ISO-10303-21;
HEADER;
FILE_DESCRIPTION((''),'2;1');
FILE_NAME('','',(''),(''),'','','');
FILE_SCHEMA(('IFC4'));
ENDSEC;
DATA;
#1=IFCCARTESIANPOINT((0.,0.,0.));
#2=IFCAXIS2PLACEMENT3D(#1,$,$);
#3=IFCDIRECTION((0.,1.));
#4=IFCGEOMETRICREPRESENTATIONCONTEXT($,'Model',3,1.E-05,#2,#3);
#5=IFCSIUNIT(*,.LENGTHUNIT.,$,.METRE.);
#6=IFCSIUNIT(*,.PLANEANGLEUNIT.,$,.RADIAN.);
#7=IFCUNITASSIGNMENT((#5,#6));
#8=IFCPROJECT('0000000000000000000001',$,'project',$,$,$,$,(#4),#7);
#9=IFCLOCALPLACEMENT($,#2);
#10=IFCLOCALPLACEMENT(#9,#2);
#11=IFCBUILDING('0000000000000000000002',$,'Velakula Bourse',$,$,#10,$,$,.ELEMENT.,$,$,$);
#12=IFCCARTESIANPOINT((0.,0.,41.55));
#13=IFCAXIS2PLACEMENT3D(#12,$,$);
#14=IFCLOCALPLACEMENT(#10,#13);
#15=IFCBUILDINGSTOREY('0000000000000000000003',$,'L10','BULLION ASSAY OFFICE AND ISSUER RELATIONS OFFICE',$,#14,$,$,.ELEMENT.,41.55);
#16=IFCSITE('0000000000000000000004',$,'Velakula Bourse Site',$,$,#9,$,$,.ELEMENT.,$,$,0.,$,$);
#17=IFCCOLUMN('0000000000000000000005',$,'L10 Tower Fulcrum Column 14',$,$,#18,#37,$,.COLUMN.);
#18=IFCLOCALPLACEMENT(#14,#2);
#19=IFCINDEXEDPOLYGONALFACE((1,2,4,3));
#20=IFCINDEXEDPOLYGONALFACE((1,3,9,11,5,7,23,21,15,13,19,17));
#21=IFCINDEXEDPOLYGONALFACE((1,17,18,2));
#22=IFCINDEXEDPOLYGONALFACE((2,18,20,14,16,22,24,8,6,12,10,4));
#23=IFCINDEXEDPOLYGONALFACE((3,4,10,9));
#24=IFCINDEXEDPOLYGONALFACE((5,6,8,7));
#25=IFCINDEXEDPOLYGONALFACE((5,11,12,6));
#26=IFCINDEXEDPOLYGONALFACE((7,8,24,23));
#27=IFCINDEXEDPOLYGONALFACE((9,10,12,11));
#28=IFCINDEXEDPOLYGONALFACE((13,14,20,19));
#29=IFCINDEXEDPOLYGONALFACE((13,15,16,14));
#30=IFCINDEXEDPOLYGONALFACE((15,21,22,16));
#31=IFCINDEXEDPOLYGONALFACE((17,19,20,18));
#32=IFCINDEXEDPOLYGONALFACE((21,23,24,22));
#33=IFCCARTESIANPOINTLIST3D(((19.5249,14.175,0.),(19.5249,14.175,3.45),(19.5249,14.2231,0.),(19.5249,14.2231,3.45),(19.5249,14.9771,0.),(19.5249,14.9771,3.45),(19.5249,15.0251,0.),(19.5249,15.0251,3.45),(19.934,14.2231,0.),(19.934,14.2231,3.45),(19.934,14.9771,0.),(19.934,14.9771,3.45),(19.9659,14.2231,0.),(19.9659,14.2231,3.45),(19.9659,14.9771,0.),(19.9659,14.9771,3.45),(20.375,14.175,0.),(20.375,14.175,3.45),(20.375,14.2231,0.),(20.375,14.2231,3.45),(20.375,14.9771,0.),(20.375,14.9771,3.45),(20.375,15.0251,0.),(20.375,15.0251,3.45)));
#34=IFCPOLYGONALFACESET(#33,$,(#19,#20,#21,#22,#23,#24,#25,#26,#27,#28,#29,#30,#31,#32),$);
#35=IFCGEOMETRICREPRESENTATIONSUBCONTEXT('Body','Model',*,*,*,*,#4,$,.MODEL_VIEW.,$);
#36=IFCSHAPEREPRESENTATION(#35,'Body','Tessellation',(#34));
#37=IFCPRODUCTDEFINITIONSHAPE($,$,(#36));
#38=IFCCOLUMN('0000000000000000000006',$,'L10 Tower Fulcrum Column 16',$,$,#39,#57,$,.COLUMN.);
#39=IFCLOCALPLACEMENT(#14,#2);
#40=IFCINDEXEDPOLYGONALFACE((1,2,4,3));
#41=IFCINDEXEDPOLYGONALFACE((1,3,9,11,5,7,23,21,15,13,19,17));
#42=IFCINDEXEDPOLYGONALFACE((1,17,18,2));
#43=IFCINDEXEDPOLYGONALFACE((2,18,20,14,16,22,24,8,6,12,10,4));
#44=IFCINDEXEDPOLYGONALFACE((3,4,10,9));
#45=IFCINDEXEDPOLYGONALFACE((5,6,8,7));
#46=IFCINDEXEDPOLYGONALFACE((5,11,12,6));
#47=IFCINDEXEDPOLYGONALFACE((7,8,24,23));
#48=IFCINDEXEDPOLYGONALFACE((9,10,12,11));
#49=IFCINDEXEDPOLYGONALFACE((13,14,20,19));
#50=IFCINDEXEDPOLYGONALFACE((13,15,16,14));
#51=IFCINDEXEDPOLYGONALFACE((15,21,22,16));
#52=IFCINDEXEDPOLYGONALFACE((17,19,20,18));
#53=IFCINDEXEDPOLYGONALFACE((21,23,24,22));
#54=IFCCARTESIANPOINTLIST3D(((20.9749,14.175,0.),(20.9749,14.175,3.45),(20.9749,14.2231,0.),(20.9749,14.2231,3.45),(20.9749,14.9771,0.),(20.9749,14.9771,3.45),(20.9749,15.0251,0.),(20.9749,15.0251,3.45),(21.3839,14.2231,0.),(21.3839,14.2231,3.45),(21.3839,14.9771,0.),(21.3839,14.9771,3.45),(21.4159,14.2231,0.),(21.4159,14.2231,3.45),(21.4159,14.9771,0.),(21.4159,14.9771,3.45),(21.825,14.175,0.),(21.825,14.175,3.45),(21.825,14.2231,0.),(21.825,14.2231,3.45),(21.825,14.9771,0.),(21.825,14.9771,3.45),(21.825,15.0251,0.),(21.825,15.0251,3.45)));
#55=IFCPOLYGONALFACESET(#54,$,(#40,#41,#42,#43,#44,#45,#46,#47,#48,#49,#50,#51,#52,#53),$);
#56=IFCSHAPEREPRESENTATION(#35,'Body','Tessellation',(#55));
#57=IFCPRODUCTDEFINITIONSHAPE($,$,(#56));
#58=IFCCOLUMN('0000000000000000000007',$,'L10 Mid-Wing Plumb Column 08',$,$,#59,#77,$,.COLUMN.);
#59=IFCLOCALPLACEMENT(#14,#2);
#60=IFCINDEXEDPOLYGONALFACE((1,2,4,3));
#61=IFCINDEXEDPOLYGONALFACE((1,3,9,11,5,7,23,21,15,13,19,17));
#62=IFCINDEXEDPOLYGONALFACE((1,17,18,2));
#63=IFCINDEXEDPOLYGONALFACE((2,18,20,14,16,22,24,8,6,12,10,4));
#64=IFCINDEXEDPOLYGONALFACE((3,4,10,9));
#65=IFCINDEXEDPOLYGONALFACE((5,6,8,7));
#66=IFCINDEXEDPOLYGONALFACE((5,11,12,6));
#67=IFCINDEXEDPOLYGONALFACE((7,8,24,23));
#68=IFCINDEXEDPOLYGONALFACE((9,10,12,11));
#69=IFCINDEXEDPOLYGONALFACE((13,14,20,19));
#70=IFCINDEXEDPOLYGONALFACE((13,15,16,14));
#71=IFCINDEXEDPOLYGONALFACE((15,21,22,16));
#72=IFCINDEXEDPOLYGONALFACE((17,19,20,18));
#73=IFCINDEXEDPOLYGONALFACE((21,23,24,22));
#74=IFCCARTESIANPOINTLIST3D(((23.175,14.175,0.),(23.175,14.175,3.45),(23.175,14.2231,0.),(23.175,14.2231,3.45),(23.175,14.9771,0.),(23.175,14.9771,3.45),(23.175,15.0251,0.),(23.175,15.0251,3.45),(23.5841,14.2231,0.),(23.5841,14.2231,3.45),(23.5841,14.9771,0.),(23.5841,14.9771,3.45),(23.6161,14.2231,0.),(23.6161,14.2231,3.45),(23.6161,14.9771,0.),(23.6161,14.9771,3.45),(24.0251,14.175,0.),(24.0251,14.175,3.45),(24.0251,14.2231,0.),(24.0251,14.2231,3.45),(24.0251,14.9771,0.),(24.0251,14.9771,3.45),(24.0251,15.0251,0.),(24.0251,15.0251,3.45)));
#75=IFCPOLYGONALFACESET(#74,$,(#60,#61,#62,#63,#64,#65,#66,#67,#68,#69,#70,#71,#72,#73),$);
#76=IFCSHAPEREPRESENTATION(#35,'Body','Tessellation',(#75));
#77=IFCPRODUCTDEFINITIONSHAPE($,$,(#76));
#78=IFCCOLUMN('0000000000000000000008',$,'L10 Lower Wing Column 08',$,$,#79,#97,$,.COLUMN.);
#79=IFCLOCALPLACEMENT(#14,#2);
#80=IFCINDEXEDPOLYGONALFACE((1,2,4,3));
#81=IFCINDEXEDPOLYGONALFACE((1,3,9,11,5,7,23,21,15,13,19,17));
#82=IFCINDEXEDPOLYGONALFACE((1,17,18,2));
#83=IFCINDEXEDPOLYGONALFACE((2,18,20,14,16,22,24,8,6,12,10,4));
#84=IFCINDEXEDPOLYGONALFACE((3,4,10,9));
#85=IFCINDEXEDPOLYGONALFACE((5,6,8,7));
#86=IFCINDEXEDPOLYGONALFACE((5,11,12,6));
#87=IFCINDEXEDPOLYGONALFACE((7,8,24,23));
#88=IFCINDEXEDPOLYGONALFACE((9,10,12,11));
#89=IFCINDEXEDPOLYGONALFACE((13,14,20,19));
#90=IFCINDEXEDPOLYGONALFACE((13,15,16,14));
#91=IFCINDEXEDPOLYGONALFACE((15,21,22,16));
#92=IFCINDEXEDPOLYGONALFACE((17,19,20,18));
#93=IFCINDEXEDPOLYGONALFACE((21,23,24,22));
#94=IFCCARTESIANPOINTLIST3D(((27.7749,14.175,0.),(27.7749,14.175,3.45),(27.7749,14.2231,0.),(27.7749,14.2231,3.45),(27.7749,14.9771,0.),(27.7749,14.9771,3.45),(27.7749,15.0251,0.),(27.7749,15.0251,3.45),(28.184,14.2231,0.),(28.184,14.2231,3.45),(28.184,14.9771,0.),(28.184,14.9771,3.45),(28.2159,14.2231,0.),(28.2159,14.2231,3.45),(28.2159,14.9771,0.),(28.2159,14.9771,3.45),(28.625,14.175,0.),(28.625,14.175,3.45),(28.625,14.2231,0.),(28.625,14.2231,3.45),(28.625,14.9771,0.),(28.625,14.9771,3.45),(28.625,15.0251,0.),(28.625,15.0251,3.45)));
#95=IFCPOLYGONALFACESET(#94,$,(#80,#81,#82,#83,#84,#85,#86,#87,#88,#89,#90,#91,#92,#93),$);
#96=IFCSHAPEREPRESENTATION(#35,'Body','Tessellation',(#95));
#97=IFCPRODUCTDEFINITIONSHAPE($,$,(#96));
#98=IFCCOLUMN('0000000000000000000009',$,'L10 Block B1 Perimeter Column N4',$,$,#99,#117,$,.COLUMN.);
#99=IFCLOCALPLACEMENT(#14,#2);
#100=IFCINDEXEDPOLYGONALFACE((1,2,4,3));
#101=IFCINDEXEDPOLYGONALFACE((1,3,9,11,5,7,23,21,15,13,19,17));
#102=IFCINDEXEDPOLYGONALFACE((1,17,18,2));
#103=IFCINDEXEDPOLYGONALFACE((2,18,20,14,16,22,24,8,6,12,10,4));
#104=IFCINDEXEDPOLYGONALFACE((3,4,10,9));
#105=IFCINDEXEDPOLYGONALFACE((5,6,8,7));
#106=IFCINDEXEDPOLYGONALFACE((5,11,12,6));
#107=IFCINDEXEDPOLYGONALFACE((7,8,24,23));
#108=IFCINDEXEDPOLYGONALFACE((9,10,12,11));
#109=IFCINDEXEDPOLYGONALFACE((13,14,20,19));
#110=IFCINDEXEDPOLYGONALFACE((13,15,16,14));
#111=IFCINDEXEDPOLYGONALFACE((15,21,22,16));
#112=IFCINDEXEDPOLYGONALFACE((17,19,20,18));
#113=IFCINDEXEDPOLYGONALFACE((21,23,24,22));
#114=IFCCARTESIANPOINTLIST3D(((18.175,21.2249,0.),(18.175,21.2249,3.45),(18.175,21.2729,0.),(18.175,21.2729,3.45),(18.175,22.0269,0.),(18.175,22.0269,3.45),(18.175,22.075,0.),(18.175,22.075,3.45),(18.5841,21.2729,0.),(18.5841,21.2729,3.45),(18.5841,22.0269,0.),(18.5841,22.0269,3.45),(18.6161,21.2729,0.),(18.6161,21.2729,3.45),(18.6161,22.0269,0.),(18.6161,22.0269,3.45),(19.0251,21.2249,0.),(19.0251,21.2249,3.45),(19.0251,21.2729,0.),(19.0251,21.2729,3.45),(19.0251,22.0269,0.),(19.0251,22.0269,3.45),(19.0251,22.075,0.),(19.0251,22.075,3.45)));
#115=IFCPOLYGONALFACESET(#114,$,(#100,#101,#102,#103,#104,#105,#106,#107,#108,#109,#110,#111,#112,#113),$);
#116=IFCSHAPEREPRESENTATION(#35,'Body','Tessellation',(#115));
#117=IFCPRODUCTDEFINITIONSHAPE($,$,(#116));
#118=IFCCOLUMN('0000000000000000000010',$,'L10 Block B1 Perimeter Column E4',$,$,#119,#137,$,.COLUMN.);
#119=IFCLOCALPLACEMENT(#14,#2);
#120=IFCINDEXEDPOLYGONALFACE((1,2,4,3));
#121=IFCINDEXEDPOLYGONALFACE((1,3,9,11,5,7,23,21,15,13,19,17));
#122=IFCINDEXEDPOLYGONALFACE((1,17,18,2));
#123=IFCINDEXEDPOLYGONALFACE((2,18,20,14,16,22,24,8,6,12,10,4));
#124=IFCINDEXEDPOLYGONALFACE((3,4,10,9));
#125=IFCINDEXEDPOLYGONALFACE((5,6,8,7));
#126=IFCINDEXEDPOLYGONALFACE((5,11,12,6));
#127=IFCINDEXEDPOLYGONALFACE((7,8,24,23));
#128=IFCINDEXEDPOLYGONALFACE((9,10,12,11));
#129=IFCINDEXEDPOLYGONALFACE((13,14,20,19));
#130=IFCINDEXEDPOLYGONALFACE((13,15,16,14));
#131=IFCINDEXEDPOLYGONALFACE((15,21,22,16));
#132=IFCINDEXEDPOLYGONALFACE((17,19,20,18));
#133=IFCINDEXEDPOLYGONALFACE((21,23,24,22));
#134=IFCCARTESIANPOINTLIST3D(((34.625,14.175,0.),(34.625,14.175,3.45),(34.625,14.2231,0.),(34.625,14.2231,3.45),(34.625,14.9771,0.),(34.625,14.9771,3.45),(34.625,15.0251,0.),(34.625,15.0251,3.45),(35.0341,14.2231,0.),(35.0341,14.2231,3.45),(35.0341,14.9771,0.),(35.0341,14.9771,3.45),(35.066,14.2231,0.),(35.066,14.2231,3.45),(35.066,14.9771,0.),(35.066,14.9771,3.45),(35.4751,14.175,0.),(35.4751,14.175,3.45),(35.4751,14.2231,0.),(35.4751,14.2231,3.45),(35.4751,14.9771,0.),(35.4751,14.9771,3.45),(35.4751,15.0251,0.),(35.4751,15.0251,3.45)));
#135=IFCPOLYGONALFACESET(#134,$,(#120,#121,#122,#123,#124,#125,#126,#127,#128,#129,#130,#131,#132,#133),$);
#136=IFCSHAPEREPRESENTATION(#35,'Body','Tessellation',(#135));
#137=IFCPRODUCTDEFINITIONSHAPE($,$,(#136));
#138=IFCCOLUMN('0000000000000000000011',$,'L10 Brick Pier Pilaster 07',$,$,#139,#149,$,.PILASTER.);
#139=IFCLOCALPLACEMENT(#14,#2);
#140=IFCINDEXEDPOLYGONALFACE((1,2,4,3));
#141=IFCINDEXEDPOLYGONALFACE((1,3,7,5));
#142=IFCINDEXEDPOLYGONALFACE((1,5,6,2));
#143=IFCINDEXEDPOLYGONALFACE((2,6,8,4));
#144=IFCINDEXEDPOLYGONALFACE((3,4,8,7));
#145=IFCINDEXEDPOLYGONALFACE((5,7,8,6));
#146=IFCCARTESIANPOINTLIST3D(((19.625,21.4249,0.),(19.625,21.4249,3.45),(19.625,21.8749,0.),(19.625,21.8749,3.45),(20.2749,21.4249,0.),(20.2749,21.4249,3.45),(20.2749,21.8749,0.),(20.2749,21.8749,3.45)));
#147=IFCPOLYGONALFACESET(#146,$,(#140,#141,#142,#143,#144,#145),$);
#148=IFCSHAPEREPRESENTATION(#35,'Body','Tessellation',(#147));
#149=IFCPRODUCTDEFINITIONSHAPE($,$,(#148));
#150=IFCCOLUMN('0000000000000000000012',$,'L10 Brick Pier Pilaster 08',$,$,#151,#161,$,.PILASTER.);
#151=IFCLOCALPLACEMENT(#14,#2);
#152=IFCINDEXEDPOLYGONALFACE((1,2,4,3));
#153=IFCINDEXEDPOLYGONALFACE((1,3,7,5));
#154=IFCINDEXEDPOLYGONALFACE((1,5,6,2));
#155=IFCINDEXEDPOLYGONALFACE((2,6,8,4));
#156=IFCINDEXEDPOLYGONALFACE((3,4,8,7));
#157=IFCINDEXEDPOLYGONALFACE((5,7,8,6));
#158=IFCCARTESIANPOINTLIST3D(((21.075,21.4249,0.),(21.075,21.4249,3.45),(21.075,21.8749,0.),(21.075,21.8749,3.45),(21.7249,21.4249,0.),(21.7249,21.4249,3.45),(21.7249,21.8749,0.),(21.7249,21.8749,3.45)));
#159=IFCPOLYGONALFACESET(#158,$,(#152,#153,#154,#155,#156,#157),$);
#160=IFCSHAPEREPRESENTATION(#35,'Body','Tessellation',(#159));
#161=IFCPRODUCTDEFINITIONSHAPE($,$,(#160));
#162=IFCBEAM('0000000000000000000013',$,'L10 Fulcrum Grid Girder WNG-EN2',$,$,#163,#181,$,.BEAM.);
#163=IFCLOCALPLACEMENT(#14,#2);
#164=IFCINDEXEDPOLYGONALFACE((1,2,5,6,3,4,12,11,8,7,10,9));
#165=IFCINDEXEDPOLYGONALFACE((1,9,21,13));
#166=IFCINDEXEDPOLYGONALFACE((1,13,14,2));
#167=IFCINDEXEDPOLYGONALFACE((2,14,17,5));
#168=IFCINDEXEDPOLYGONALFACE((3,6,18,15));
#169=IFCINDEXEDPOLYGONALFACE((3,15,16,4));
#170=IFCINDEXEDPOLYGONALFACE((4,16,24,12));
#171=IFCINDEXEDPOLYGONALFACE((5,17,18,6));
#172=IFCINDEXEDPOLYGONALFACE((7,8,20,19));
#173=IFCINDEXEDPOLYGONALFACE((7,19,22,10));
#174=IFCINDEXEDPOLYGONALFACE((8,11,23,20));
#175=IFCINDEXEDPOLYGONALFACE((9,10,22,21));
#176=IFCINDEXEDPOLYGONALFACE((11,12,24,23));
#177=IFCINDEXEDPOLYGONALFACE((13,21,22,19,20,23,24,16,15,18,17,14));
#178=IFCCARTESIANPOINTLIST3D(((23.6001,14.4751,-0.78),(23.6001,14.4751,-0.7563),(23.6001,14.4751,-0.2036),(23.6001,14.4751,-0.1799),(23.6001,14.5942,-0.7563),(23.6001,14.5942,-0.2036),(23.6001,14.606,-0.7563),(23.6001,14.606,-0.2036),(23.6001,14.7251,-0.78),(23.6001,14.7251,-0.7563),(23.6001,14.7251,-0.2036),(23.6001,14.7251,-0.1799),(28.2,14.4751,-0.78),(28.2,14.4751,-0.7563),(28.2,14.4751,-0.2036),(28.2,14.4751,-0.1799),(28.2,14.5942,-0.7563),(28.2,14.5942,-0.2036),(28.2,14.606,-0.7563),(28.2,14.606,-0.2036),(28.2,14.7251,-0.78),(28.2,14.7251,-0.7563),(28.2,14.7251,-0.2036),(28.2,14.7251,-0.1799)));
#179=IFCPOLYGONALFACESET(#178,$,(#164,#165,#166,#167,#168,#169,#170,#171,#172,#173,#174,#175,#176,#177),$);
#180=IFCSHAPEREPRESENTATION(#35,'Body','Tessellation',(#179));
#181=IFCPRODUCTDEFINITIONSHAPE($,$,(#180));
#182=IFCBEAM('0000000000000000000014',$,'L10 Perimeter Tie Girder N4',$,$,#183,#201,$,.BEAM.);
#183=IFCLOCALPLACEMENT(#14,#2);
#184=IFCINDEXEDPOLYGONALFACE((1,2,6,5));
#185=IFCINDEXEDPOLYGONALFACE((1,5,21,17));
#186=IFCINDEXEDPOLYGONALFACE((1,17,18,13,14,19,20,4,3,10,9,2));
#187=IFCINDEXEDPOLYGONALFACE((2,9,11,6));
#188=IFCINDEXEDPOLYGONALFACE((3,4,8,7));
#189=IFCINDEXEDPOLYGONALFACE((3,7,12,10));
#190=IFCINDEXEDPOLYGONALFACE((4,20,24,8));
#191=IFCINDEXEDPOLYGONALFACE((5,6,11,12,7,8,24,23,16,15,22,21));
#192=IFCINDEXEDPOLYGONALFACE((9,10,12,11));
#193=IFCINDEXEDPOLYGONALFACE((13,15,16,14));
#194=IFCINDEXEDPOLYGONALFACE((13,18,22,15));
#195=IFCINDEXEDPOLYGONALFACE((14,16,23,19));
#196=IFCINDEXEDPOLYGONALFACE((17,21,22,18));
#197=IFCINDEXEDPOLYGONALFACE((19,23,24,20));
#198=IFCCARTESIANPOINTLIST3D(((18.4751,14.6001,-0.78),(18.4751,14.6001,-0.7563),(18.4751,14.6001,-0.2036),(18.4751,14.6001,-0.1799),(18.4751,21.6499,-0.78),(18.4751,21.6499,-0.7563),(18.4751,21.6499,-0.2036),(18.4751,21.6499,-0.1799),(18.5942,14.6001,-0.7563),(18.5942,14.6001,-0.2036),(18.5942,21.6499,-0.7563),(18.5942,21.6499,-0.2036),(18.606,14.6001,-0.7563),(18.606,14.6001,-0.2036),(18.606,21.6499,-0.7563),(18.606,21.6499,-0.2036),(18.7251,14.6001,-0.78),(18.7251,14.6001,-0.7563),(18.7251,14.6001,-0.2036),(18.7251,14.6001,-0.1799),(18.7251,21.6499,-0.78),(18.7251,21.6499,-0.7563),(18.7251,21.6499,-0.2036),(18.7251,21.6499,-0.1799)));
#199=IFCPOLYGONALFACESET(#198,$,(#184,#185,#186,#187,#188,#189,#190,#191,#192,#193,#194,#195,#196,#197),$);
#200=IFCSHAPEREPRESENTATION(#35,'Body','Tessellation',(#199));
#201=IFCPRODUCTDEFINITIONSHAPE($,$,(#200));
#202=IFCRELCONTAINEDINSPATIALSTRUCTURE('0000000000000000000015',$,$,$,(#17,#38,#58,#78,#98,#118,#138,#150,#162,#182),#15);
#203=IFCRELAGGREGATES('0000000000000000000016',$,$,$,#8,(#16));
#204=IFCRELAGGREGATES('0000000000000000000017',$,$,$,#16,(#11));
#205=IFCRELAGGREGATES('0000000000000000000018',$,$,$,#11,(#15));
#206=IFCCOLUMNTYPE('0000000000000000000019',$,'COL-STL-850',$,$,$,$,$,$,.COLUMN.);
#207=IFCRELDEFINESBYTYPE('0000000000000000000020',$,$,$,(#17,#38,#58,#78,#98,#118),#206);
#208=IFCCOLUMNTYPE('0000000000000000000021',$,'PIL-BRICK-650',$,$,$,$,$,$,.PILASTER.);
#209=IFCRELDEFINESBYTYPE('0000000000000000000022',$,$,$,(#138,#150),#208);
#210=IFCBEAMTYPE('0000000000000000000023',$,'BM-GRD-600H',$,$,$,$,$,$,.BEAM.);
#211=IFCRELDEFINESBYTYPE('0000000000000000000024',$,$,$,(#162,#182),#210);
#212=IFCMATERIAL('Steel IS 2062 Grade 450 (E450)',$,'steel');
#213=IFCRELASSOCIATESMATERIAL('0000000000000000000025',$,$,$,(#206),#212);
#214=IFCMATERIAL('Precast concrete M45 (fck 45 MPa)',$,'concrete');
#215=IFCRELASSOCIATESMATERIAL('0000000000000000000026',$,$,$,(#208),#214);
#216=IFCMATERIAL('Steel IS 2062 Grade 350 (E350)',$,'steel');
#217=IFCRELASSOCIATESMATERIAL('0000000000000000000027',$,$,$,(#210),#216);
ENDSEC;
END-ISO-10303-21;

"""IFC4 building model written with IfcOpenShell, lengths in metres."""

from ifc_helpers import new_model, si_unit, direction, frame, origin, origin_2d, place, context, subcontext, project, spatial, rectangle, i_section, extrude, material, material_profile, profile_set, type_object, element, save


model = new_model("IFC4")

# Units and contexts
model_context = context("Model", 3, precision=1e-05, world=origin(), true_north=direction((0.0, 1.0)))
body_context = subcontext(model_context, "Body", "Model", "MODEL_VIEW")
ifc_project = project(units=[si_unit("LENGTHUNIT", "METRE"), si_unit("PLANEANGLEUNIT", "RADIAN")], contexts=[model_context])

# Site, building, storey
site_placement = place(None, origin())
site = spatial("IfcSite", under=ifc_project, at=site_placement, Name="Velakula Bourse Site", CompositionType="ELEMENT", RefElevation=0.0)
building_placement = place(site_placement, origin())
building = spatial("IfcBuilding", under=site, at=building_placement, Name="Velakula Bourse", CompositionType="ELEMENT")
storey_placement = place(building_placement, frame((0.0, 0.0, 41.55)))
storey = spatial("IfcBuildingStorey", under=building, at=storey_placement, Name="L10", Description="BULLION ASSAY OFFICE AND ISSUER RELATIONS OFFICE", CompositionType="ELEMENT", Elevation=41.55)

# Columns
ifc_material_1 = material(Name="Steel IS 2062 Grade 450 (E450)", Category="steel")
ifc_material_profile_1 = material_profile(ifc_material_1, i_section(OverallWidth=0.8501, OverallDepth=0.8501, WebThickness=0.032, FlangeThickness=0.0481, at=origin_2d()), Name="Steel IS 2062 Grade 450 (E450)")
ifc_profile_set_1 = profile_set([ifc_material_profile_1], Name="Steel IS 2062 Grade 450 (E450)")
column_type_1 = type_object("IfcColumnType", Name="COL-STL-850", PredefinedType="COLUMN", material=ifc_profile_set_1)
for number, where, z_axis, x_axis, name in (
    (1, (19.95, 14.6001, 0.0), (0.0, 0.0, 1.0), (1.0, 0.0, 0.0), "L10 Tower Fulcrum Column 14"),
    (2, (21.3999, 14.6001, 0.0), (0.0, 0.0, 1.0), (1.0, 0.0, 0.0), "L10 Tower Fulcrum Column 16"),
    (3, (23.6001, 14.6001, 0.0), (0.0, 0.0, 1.0), (1.0, 0.0, 0.0), "L10 Mid-Wing Plumb Column 08"),
    (4, (28.2, 14.6001, 0.0), (0.0, 0.0, 1.0), (1.0, 0.0, 0.0), "L10 Lower Wing Column 08"),
    (5, (18.6001, 21.6499, 0.0), (0.0, 0.0, 1.0), (1.0, 0.0, 0.0), "L10 Block B1 Perimeter Column N4"),
    (6, (35.05, 14.6001, 0.0), (0.0, 0.0, 1.0), (1.0, 0.0, 0.0), "L10 Block B1 Perimeter Column E4"),
):
    element("IfcColumn", number, at=place(storey_placement, frame(where, z_axis=z_axis, x_axis=x_axis)), inside=storey, type_object=column_type_1, Name=name, PredefinedType="COLUMN", context=body_context, shape_type="SweptSolid", body=[
        extrude(i_section(OverallWidth=0.8501, OverallDepth=0.8501, WebThickness=0.032, FlangeThickness=0.0481, at=origin_2d()), origin(), (0.0, 0.0, 1.0), 3.45),
    ])
ifc_material_2 = material(Name="Precast concrete M45 (fck 45 MPa)", Category="concrete")
ifc_material_profile_2 = material_profile(ifc_material_2, rectangle(XDim=0.6499, YDim=0.45, at=origin_2d()), Name="Precast concrete M45 (fck 45 MPa)")
ifc_profile_set_2 = profile_set([ifc_material_profile_2], Name="Precast concrete M45 (fck 45 MPa)")
column_type_2 = type_object("IfcColumnType", Name="PIL-BRICK-650", PredefinedType="PILASTER", material=ifc_profile_set_2)
for number, where, z_axis, x_axis, name in (
    (7, (19.95, 21.6499, 0.0), (0.0, 0.0, 1.0), (1.0, 0.0, 0.0), "L10 Brick Pier Pilaster 07"),
    (8, (21.3999, 21.6499, 0.0), (0.0, 0.0, 1.0), (1.0, 0.0, 0.0), "L10 Brick Pier Pilaster 08"),
):
    element("IfcColumn", number, at=place(storey_placement, frame(where, z_axis=z_axis, x_axis=x_axis)), inside=storey, type_object=column_type_2, Name=name, PredefinedType="PILASTER", context=body_context, shape_type="SweptSolid", body=[
        extrude(rectangle(XDim=0.6499, YDim=0.45, at=origin_2d()), origin(), (0.0, 0.0, 1.0), 3.45),
    ])

# Beams
ifc_material_3 = material(Name="Steel IS 2062 Grade 350 (E350)", Category="steel")
ifc_material_profile_3 = material_profile(ifc_material_3, i_section(OverallWidth=0.25, OverallDepth=0.6001, WebThickness=0.0117, FlangeThickness=0.0237, at=origin_2d()), Name="Steel IS 2062 Grade 350 (E350)")
ifc_profile_set_3 = profile_set([ifc_material_profile_3], Name="Steel IS 2062 Grade 350 (E350)")
beam_type_1 = type_object("IfcBeamType", Name="BM-GRD-600H", PredefinedType="BEAM", material=ifc_profile_set_3)
beam_1_placement = place(storey_placement, frame((23.6001, 14.6001, -0.48), z_axis=(1.0, 0.0, 0.0), x_axis=(0.0, 1.0, 0.0)))
element("IfcBeam", 9, at=beam_1_placement, inside=storey, type_object=beam_type_1, Name="L10 Fulcrum Grid Girder WNG-EN2", PredefinedType="BEAM", context=body_context, shape_type="SweptSolid", body=[
    extrude(i_section(OverallWidth=0.25, OverallDepth=0.6001, WebThickness=0.0117, FlangeThickness=0.0237, at=origin_2d()), origin(), (0.0, 0.0, 1.0), 4.5999),
])
beam_2_placement = place(storey_placement, frame((18.6001, 14.6001, -0.48), z_axis=(0.0, 1.0, 0.0), x_axis=(-1.0, 0.0, 0.0)))
element("IfcBeam", 10, at=beam_2_placement, inside=storey, type_object=beam_type_1, Name="L10 Perimeter Tie Girder N4", PredefinedType="BEAM", context=body_context, shape_type="SweptSolid", body=[
    extrude(i_section(OverallWidth=0.25, OverallDepth=0.6001, WebThickness=0.0117, FlangeThickness=0.0237, at=origin_2d()), origin(), (0.0, 0.0, 1.0), 7.0498),
])

save(model, "model.ifc")
